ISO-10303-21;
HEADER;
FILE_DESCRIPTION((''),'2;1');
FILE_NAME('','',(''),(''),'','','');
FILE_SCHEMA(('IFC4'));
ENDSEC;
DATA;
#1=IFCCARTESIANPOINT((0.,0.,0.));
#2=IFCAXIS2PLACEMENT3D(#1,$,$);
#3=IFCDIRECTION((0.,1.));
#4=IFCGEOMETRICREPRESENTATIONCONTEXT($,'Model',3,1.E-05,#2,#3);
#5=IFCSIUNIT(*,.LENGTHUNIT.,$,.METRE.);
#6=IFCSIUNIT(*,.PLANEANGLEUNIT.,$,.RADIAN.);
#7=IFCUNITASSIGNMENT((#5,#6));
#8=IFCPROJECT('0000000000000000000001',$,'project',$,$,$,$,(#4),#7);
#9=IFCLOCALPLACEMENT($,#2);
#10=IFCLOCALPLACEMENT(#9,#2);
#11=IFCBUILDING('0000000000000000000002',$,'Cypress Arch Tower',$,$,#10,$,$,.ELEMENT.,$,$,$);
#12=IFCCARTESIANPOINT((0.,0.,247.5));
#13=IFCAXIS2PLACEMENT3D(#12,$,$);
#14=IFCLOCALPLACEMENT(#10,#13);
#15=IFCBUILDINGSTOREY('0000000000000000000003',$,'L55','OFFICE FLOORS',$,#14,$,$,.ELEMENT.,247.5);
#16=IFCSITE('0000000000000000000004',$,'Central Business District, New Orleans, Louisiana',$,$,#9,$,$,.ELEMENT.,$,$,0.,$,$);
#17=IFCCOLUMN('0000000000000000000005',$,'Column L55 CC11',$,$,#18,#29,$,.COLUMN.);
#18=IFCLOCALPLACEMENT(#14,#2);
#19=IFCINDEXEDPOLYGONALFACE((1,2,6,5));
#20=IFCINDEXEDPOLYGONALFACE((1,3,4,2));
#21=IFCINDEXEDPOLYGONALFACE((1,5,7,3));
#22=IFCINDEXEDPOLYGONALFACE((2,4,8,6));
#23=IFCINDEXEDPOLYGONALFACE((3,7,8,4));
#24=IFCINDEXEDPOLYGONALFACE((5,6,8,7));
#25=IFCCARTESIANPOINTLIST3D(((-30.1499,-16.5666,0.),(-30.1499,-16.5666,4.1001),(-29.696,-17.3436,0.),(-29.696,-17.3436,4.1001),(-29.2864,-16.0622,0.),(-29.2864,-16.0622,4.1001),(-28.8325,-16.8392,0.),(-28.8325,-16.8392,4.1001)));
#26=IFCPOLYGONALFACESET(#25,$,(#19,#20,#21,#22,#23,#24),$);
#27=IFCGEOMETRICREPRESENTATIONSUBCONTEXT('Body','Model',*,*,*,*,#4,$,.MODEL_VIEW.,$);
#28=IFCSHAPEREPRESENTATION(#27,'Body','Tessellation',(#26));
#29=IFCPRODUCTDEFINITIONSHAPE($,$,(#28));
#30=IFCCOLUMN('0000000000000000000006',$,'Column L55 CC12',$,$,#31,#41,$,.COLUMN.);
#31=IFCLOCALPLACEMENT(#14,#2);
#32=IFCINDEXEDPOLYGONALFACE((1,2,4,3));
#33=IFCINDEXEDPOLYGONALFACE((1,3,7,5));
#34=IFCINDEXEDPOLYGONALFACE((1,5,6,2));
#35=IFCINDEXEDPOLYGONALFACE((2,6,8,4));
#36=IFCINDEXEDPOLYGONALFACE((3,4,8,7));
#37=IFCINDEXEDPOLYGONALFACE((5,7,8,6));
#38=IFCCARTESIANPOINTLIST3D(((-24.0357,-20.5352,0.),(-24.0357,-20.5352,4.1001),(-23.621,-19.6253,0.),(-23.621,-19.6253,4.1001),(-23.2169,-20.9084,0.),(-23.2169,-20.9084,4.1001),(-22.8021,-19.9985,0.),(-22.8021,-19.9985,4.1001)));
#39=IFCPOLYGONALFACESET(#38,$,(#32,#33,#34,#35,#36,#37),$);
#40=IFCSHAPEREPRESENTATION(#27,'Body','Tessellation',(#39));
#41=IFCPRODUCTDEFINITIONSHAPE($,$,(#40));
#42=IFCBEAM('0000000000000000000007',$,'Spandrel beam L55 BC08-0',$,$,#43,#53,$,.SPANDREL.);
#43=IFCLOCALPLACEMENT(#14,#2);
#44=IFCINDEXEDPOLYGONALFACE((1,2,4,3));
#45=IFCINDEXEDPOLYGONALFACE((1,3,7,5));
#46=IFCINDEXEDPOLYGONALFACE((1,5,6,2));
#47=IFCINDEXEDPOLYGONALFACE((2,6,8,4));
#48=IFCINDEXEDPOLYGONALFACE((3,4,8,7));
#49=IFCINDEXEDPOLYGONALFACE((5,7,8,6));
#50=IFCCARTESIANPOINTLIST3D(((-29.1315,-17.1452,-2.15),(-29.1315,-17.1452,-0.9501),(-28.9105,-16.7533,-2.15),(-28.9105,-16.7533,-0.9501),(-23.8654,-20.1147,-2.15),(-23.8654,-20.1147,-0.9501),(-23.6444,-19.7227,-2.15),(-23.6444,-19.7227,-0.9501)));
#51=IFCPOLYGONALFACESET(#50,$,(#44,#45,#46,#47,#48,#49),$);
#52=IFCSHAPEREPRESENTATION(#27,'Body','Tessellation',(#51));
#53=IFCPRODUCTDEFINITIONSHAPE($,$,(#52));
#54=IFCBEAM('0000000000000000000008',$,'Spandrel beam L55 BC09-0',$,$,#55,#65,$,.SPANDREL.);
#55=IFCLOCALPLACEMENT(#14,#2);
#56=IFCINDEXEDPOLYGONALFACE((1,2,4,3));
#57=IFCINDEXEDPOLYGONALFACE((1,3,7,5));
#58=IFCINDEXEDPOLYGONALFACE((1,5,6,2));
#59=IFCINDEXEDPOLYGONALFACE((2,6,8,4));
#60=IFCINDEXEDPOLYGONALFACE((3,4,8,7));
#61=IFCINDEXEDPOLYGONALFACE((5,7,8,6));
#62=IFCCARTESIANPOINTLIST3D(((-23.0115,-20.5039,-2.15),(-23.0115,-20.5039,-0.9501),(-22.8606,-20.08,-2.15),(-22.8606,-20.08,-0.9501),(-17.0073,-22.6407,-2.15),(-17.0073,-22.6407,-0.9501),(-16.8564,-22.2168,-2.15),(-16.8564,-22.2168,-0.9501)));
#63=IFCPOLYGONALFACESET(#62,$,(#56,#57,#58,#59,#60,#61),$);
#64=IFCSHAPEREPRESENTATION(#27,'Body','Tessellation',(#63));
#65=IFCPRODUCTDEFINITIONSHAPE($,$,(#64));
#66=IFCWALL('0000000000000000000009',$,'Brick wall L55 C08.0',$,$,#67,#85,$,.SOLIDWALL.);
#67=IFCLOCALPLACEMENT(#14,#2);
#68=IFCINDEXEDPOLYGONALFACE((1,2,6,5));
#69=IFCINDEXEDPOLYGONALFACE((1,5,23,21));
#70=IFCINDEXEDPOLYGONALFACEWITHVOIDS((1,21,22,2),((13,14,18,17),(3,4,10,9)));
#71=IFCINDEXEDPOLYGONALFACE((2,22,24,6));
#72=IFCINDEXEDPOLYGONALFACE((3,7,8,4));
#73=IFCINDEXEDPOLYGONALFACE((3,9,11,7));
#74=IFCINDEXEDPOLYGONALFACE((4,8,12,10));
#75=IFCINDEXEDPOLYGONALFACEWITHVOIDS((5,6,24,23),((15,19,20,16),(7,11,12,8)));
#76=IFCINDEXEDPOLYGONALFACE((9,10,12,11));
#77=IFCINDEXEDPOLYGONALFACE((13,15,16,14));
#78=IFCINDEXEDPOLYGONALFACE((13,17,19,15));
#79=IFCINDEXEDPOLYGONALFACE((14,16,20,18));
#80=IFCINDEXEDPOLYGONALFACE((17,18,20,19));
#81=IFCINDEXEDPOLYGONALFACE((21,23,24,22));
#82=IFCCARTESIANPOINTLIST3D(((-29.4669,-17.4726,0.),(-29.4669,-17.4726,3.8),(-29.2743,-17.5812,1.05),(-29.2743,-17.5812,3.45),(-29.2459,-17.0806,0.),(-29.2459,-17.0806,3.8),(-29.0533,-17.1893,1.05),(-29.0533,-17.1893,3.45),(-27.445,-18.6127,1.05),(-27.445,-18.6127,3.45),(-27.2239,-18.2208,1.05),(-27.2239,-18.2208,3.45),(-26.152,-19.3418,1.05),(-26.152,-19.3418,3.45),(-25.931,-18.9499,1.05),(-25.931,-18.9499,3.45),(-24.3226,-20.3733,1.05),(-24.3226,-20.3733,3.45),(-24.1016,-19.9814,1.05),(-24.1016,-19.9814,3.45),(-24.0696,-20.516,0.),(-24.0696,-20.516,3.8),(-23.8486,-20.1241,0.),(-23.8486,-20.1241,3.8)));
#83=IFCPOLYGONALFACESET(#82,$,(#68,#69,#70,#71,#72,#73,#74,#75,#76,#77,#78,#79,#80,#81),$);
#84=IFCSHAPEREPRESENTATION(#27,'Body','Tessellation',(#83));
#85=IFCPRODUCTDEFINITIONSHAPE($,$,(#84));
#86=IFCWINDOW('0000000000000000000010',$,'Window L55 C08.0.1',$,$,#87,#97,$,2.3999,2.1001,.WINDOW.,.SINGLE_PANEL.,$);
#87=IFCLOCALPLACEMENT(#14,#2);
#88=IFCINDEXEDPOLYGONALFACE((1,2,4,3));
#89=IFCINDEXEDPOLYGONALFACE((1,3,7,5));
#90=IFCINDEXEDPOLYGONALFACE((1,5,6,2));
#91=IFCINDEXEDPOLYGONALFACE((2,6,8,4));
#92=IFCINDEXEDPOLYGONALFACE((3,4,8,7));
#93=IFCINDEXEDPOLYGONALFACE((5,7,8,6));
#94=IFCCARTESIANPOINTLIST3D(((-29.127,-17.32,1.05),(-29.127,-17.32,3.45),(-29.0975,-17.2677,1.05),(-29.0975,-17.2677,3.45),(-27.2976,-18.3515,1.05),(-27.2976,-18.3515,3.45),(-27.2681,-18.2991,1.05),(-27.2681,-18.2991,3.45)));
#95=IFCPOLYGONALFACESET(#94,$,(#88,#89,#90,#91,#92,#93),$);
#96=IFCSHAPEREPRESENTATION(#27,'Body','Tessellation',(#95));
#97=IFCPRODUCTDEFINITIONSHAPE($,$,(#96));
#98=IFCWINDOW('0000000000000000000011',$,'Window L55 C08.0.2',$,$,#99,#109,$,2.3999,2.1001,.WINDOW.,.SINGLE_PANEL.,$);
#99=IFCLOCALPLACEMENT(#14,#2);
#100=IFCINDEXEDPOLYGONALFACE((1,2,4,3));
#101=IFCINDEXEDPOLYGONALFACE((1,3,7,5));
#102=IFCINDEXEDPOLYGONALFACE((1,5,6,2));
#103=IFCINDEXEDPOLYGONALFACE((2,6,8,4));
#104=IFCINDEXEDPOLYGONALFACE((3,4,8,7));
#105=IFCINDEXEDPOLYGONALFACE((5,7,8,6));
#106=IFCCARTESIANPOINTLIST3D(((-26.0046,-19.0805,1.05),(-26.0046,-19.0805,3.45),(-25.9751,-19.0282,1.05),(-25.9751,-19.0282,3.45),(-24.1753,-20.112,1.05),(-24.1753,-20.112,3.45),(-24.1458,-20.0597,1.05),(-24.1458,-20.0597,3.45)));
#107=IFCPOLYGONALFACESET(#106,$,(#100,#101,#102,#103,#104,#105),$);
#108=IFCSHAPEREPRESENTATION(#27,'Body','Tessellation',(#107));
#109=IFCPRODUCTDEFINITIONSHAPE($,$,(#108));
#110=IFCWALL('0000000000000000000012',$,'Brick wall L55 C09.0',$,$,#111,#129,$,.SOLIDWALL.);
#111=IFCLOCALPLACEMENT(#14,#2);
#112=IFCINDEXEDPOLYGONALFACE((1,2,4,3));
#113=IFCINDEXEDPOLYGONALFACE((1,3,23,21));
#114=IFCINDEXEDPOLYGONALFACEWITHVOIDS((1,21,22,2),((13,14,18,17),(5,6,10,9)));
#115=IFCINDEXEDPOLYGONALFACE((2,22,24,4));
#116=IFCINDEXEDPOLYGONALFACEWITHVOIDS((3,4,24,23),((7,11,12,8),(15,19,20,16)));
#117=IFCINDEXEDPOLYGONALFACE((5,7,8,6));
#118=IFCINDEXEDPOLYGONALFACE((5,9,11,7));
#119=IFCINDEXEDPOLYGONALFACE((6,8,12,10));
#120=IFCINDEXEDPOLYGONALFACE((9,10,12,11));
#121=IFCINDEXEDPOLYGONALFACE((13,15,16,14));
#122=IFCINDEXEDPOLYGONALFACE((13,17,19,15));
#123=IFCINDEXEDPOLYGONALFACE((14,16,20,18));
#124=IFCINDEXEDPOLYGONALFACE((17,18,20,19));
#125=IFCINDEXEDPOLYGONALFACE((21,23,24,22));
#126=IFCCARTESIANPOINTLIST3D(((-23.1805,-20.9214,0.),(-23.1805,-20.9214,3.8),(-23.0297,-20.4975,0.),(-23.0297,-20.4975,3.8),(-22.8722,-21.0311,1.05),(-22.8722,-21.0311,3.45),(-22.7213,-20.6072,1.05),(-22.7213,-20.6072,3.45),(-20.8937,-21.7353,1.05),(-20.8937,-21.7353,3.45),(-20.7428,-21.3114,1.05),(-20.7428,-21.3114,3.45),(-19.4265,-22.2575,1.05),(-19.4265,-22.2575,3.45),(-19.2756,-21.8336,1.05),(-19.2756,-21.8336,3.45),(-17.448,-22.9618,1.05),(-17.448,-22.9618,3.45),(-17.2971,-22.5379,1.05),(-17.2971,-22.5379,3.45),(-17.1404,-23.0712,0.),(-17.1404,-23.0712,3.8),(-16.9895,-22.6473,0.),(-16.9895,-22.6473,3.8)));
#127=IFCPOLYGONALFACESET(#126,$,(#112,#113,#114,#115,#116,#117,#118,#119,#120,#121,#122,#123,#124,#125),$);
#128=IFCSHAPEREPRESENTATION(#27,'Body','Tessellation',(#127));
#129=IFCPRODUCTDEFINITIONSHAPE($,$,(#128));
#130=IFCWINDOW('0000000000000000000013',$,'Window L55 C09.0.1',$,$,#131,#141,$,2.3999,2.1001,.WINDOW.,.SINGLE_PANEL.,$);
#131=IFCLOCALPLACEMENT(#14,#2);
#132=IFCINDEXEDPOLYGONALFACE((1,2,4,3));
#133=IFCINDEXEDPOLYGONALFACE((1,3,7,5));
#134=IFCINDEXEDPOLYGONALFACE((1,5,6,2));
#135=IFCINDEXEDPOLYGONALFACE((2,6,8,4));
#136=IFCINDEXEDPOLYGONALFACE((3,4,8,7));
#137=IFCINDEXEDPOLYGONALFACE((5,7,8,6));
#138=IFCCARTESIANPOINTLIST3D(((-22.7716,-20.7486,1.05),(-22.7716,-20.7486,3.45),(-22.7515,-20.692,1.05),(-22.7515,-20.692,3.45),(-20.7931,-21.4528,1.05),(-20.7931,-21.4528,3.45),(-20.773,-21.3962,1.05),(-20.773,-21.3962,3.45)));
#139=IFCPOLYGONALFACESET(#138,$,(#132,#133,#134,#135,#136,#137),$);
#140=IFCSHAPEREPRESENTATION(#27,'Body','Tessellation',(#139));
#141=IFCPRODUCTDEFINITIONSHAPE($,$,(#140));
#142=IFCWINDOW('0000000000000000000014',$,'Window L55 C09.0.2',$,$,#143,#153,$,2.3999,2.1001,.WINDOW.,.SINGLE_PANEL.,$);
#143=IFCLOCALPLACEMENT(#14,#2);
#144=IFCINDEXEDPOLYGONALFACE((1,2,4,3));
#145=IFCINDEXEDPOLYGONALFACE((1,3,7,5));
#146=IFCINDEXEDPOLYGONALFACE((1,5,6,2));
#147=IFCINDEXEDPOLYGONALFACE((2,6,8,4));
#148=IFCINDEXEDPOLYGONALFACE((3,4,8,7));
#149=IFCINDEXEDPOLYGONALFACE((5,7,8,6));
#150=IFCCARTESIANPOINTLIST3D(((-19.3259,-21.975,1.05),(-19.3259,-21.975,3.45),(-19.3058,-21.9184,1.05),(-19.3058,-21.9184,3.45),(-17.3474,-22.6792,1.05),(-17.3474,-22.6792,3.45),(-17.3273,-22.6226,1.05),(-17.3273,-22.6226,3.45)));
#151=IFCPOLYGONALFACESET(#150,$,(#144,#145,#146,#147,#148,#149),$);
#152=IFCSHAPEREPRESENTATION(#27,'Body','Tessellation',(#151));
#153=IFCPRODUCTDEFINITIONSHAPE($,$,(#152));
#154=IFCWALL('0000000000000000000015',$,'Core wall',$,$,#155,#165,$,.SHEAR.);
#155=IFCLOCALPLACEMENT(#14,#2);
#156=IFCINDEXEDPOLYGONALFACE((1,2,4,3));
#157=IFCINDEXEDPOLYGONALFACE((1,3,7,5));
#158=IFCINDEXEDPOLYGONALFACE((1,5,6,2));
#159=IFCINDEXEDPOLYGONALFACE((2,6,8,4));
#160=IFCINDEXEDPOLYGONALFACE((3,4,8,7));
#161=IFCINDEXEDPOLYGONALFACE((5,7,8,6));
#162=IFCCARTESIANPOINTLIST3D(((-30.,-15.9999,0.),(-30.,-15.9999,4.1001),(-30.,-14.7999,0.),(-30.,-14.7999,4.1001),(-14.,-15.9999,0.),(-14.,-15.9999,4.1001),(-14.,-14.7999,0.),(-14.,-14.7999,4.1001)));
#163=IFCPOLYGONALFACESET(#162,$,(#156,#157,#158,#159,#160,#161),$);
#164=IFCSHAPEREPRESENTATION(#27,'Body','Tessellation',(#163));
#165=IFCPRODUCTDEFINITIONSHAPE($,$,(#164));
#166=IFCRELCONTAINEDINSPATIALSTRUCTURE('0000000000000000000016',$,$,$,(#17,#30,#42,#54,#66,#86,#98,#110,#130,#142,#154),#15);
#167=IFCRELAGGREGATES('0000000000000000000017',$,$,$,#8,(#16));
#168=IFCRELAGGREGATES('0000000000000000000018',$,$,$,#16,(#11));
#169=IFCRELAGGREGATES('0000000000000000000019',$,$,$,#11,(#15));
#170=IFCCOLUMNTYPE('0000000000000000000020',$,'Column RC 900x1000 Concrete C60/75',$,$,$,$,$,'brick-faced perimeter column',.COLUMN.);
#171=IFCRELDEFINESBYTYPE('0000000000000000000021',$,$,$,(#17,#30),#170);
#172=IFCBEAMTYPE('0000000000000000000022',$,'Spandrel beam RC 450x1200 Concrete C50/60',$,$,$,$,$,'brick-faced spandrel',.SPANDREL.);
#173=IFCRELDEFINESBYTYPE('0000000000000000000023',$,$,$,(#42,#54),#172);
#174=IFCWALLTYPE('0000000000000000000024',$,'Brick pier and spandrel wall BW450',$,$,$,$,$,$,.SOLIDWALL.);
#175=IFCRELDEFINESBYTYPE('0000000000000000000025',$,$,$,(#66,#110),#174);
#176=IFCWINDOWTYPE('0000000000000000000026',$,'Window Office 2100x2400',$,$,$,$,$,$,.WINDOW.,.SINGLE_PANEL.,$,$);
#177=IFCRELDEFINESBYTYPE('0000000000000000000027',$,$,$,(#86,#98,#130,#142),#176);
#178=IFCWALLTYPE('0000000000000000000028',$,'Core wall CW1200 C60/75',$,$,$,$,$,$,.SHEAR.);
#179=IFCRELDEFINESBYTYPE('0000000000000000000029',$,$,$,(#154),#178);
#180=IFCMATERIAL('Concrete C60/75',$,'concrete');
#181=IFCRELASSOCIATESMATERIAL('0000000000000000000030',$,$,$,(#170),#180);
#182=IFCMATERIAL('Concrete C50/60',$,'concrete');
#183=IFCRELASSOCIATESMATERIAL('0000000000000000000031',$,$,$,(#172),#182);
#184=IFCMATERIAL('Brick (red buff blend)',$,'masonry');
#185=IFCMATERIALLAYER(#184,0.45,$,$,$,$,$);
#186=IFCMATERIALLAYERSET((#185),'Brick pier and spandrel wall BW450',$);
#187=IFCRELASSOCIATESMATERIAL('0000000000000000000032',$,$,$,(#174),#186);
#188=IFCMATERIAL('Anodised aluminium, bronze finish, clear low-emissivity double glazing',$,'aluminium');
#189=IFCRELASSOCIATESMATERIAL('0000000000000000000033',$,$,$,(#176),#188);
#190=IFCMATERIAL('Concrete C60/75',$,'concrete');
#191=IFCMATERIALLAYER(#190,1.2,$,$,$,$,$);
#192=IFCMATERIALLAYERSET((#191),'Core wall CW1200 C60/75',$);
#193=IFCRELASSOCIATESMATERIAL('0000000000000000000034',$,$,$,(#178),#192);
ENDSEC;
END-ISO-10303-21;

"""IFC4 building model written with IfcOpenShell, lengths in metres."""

from ifc_helpers import new_model, si_unit, direction, frame, frame_2d, origin, origin_2d, place, context, subcontext, project, spatial, rectangle, extrude, material, layer, layer_set, material_profile, profile_set, type_object, element, fill, save


model = new_model("IFC4")

# Units and contexts
model_context = context("Model", 3, precision=1e-05, world=origin(), true_north=direction((0.0, 1.0)))
body_context = subcontext(model_context, "Body", "Model", "MODEL_VIEW")
ifc_project = project(units=[si_unit("LENGTHUNIT", "METRE"), si_unit("PLANEANGLEUNIT", "RADIAN")], contexts=[model_context])

# Site, building, storey
site_placement = place(None, origin())
site = spatial("IfcSite", under=ifc_project, at=site_placement, Name="Central Business District, New Orleans, Louisiana", CompositionType="ELEMENT", RefElevation=0.0)
building_placement = place(site_placement, origin())
building = spatial("IfcBuilding", under=site, at=building_placement, Name="Cypress Arch Tower", CompositionType="ELEMENT")
storey_placement = place(building_placement, frame((0.0, 0.0, 247.5)))
storey = spatial("IfcBuildingStorey", under=building, at=storey_placement, Name="L55", Description="OFFICE FLOORS", CompositionType="ELEMENT", Elevation=247.5)

# Columns
ifc_material_1 = material(Name="Concrete C60/75", Category="concrete")
ifc_material_profile_1 = material_profile(ifc_material_1, rectangle(XDim=0.8999, YDim=1.0, at=origin_2d()), Name="RC 900x1000")
ifc_profile_set_1 = profile_set([ifc_material_profile_1], Name="Concrete C60/75")
column_type = type_object("IfcColumnType", Name="Column RC 900x1000 Concrete C60/75", ElementType="brick-faced perimeter column", PredefinedType="COLUMN", material=ifc_profile_set_1)
for number, where, z_axis, x_axis, name in (
    (1, (-29.4912, -16.7029, 0.0), (0.0, 0.0, 1.0), (0.504399, -0.863471, 0.0), "Column L55 CC11"),
    (2, (-23.4189, -20.2668, 0.0), (0.0, 0.0, 1.0), (0.909932, -0.414757, 0.0), "Column L55 CC12"),
):
    element("IfcColumn", number, at=place(storey_placement, frame(where, z_axis=z_axis, x_axis=x_axis)), inside=storey, type_object=column_type, Name=name, PredefinedType="COLUMN", context=body_context, shape_type="SweptSolid", body=[
        extrude(rectangle(XDim=0.8999, YDim=1.0, at=origin_2d()), origin(), (0.0, 0.0, 1.0), 4.1001),
    ])

# Beams
ifc_material_2 = material(Name="Concrete C50/60", Category="concrete")
ifc_material_profile_2 = material_profile(ifc_material_2, rectangle(XDim=0.45, YDim=1.2, at=origin_2d()), Name="RC 450x1200")
ifc_profile_set_2 = profile_set([ifc_material_profile_2], Name="Concrete C50/60")
beam_type = type_object("IfcBeamType", Name="Spandrel beam RC 450x1200 Concrete C50/60", ElementType="brick-faced spandrel", PredefinedType="SPANDREL", material=ifc_profile_set_2)
beam_1_placement = place(storey_placement, frame((-29.021, -16.9492, -1.55), z_axis=(0.87106, -0.491177, 0.0), x_axis=(0.491177, 0.87106, 0.0)))
element("IfcBeam", 3, at=beam_1_placement, inside=storey, type_object=beam_type, Name="Spandrel beam L55 BC08-0", PredefinedType="SPANDREL", context=body_context, shape_type="SweptSolid", body=[
    extrude(rectangle(XDim=0.45, YDim=1.2, at=origin_2d()), origin(), (0.0, 0.0, 1.0), 6.0457),
])
beam_2_placement = place(storey_placement, frame((-22.936, -20.292, -1.55), z_axis=(0.94212, -0.335276, 0.0), x_axis=(0.335276, 0.94212, 0.0)))
element("IfcBeam", 4, at=beam_2_placement, inside=storey, type_object=beam_type, Name="Spandrel beam L55 BC09-0", PredefinedType="SPANDREL", context=body_context, shape_type="SweptSolid", body=[
    extrude(rectangle(XDim=0.45, YDim=1.2, at=origin_2d()), origin(), (0.0, 0.0, 1.0), 6.373),
])

# Walls, openings, windows
ifc_material_3 = material(Name="Brick (red buff blend)", Category="masonry")
ifc_layer_1 = layer(ifc_material_3, 0.45)
ifc_layer_set_1 = layer_set([ifc_layer_1], Name="Brick pier and spandrel wall BW450")
wall_type_1 = type_object("IfcWallType", Name="Brick pier and spandrel wall BW450", PredefinedType="SOLIDWALL", material=ifc_layer_set_1)
wall_1_placement = place(storey_placement, frame((-29.3564, -17.2766, 0.0), z_axis=(0.0, 0.0, 1.0), x_axis=(0.871066, -0.491166, 0.0)))
wall_1 = element("IfcWall", 5, at=wall_1_placement, inside=storey, type_object=wall_type_1, Name="Brick wall L55 C08.0", PredefinedType="SOLIDWALL", context=body_context, shape_type="SweptSolid", body=[
    extrude(rectangle(XDim=6.1963, YDim=0.45, at=frame_2d((3.0981, 0.0))), origin(), (0.0, 0.0, 1.0), 3.8),
])
opening_1_placement = place(wall_1_placement, frame((0.2212, 0.0, 1.05)))
opening_1 = element("IfcOpeningElement", 6, at=opening_1_placement, cuts=wall_1, PredefinedType="OPENING", context=body_context, shape_type="SweptSolid", body=[
    extrude(rectangle(XDim=2.1001, YDim=2.3999, at=frame_2d((1.05, 1.2))), frame((0.0, 0.2349, 0.0), z_axis=(0.0, -1.0, 0.0), x_axis=(1.0, 0.0, 0.0)), (0.0, 0.0, 1.0), 0.47),
])
opening_2_placement = place(wall_1_placement, frame((3.8057, 0.0, 1.05)))
opening_2 = element("IfcOpeningElement", 7, at=opening_2_placement, cuts=wall_1, PredefinedType="OPENING", context=body_context, shape_type="SweptSolid", body=[
    extrude(rectangle(XDim=2.1001, YDim=2.3999, at=frame_2d((1.05, 1.2))), frame((0.0, 0.2349, 0.0), z_axis=(0.0, -1.0, 0.0), x_axis=(1.0, 0.0, 0.0)), (0.0, 0.0, 1.0), 0.47),
])
ifc_material_4 = material(Name="Anodised aluminium, bronze finish, clear low-emissivity double glazing", Category="aluminium")
window_type = type_object("IfcWindowType", Name="Window Office 2100x2400", PartitioningType="SINGLE_PANEL", PredefinedType="WINDOW", material=ifc_material_4)
window_1_placement = place(opening_1_placement, origin())
window_1 = element("IfcWindow", 8, at=window_1_placement, inside=storey, type_object=window_type, Name="Window L55 C08.0.1", OverallHeight=2.3999, OverallWidth=2.1001, PartitioningType="SINGLE_PANEL", PredefinedType="WINDOW", context=body_context, shape_type="SweptSolid", body=[
    extrude(rectangle(XDim=2.1001, YDim=2.3999, at=frame_2d((1.05, 1.2))), frame((0.0, 0.135, 0.0), z_axis=(0.0, -1.0, 0.0), x_axis=(1.0, 0.0, 0.0)), (0.0, 0.0, 1.0), 0.0601),
])
fill(opening_1, window_1)
window_2_placement = place(opening_2_placement, origin())
window_2 = element("IfcWindow", 9, at=window_2_placement, inside=storey, type_object=window_type, Name="Window L55 C08.0.2", OverallHeight=2.3999, OverallWidth=2.1001, PartitioningType="SINGLE_PANEL", PredefinedType="WINDOW", context=body_context, shape_type="SweptSolid", body=[
    extrude(rectangle(XDim=2.1001, YDim=2.3999, at=frame_2d((1.05, 1.2))), frame((0.0, 0.135, 0.0), z_axis=(0.0, -1.0, 0.0), x_axis=(1.0, 0.0, 0.0)), (0.0, 0.0, 1.0), 0.0601),
])
fill(opening_2, window_2)
wall_2_placement = place(storey_placement, frame((-23.105, -20.7095, 0.0), z_axis=(0.0, 0.0, 1.0), x_axis=(0.942104, -0.335321, 0.0)))
wall_2 = element("IfcWall", 10, at=wall_2_placement, inside=storey, type_object=wall_type_1, Name="Brick wall L55 C09.0", PredefinedType="SOLIDWALL", context=body_context, shape_type="SweptSolid", body=[
    extrude(rectangle(XDim=6.4114, YDim=0.45, at=frame_2d((3.2056, 0.0))), origin(), (0.0, 0.0, 1.0), 3.8),
])
opening_3_placement = place(wall_2_placement, frame((0.3271, 0.0, 1.05)))
opening_3 = element("IfcOpeningElement", 11, at=opening_3_placement, cuts=wall_2, PredefinedType="OPENING", context=body_context, shape_type="SweptSolid", body=[
    extrude(rectangle(XDim=2.1001, YDim=2.3999, at=frame_2d((1.05, 1.2))), frame((0.0, 0.2349, 0.0), z_axis=(0.0, -1.0, 0.0), x_axis=(1.0, 0.0, 0.0)), (0.0, 0.0, 1.0), 0.47),
])
opening_4_placement = place(wall_2_placement, frame((3.9846, 0.0, 1.05)))
opening_4 = element("IfcOpeningElement", 12, at=opening_4_placement, cuts=wall_2, PredefinedType="OPENING", context=body_context, shape_type="SweptSolid", body=[
    extrude(rectangle(XDim=2.1001, YDim=2.3999, at=frame_2d((1.05, 1.2))), frame((0.0, 0.2349, 0.0), z_axis=(0.0, -1.0, 0.0), x_axis=(1.0, 0.0, 0.0)), (0.0, 0.0, 1.0), 0.47),
])
window_3_placement = place(opening_3_placement, origin())
window_3 = element("IfcWindow", 13, at=window_3_placement, inside=storey, type_object=window_type, Name="Window L55 C09.0.1", OverallHeight=2.3999, OverallWidth=2.1001, PartitioningType="SINGLE_PANEL", PredefinedType="WINDOW", context=body_context, shape_type="SweptSolid", body=[
    extrude(rectangle(XDim=2.1001, YDim=2.3999, at=frame_2d((1.05, 1.2))), frame((0.0, 0.135, 0.0), z_axis=(0.0, -1.0, 0.0), x_axis=(1.0, 0.0, 0.0)), (0.0, 0.0, 1.0), 0.0601),
])
fill(opening_3, window_3)
window_4_placement = place(opening_4_placement, origin())
window_4 = element("IfcWindow", 14, at=window_4_placement, inside=storey, type_object=window_type, Name="Window L55 C09.0.2", OverallHeight=2.3999, OverallWidth=2.1001, PartitioningType="SINGLE_PANEL", PredefinedType="WINDOW", context=body_context, shape_type="SweptSolid", body=[
    extrude(rectangle(XDim=2.1001, YDim=2.3999, at=frame_2d((1.05, 1.2))), frame((0.0, 0.135, 0.0), z_axis=(0.0, -1.0, 0.0), x_axis=(1.0, 0.0, 0.0)), (0.0, 0.0, 1.0), 0.0601),
])
fill(opening_4, window_4)

# Wall
ifc_material_5 = material(Name="Concrete C60/75", Category="concrete")
ifc_layer_2 = layer(ifc_material_5, 1.2)
ifc_layer_set_2 = layer_set([ifc_layer_2], Name="Core wall CW1200 C60/75")
wall_type_2 = type_object("IfcWallType", Name="Core wall CW1200 C60/75", PredefinedType="SHEAR", material=ifc_layer_set_2)
wall_3_placement = place(storey_placement, frame((-30.0, -15.3999, 0.0), z_axis=(0.0, 0.0, 1.0), x_axis=(1.0, 0.0, 0.0)))
element("IfcWall", 15, at=wall_3_placement, inside=storey, type_object=wall_type_2, Name="Core wall", PredefinedType="SHEAR", context=body_context, shape_type="SweptSolid", body=[
    extrude(rectangle(XDim=16.0, YDim=1.2, at=frame_2d((8.0, 0.0))), origin(), (0.0, 0.0, 1.0), 4.1001),
])

save(model, "model.ifc")
